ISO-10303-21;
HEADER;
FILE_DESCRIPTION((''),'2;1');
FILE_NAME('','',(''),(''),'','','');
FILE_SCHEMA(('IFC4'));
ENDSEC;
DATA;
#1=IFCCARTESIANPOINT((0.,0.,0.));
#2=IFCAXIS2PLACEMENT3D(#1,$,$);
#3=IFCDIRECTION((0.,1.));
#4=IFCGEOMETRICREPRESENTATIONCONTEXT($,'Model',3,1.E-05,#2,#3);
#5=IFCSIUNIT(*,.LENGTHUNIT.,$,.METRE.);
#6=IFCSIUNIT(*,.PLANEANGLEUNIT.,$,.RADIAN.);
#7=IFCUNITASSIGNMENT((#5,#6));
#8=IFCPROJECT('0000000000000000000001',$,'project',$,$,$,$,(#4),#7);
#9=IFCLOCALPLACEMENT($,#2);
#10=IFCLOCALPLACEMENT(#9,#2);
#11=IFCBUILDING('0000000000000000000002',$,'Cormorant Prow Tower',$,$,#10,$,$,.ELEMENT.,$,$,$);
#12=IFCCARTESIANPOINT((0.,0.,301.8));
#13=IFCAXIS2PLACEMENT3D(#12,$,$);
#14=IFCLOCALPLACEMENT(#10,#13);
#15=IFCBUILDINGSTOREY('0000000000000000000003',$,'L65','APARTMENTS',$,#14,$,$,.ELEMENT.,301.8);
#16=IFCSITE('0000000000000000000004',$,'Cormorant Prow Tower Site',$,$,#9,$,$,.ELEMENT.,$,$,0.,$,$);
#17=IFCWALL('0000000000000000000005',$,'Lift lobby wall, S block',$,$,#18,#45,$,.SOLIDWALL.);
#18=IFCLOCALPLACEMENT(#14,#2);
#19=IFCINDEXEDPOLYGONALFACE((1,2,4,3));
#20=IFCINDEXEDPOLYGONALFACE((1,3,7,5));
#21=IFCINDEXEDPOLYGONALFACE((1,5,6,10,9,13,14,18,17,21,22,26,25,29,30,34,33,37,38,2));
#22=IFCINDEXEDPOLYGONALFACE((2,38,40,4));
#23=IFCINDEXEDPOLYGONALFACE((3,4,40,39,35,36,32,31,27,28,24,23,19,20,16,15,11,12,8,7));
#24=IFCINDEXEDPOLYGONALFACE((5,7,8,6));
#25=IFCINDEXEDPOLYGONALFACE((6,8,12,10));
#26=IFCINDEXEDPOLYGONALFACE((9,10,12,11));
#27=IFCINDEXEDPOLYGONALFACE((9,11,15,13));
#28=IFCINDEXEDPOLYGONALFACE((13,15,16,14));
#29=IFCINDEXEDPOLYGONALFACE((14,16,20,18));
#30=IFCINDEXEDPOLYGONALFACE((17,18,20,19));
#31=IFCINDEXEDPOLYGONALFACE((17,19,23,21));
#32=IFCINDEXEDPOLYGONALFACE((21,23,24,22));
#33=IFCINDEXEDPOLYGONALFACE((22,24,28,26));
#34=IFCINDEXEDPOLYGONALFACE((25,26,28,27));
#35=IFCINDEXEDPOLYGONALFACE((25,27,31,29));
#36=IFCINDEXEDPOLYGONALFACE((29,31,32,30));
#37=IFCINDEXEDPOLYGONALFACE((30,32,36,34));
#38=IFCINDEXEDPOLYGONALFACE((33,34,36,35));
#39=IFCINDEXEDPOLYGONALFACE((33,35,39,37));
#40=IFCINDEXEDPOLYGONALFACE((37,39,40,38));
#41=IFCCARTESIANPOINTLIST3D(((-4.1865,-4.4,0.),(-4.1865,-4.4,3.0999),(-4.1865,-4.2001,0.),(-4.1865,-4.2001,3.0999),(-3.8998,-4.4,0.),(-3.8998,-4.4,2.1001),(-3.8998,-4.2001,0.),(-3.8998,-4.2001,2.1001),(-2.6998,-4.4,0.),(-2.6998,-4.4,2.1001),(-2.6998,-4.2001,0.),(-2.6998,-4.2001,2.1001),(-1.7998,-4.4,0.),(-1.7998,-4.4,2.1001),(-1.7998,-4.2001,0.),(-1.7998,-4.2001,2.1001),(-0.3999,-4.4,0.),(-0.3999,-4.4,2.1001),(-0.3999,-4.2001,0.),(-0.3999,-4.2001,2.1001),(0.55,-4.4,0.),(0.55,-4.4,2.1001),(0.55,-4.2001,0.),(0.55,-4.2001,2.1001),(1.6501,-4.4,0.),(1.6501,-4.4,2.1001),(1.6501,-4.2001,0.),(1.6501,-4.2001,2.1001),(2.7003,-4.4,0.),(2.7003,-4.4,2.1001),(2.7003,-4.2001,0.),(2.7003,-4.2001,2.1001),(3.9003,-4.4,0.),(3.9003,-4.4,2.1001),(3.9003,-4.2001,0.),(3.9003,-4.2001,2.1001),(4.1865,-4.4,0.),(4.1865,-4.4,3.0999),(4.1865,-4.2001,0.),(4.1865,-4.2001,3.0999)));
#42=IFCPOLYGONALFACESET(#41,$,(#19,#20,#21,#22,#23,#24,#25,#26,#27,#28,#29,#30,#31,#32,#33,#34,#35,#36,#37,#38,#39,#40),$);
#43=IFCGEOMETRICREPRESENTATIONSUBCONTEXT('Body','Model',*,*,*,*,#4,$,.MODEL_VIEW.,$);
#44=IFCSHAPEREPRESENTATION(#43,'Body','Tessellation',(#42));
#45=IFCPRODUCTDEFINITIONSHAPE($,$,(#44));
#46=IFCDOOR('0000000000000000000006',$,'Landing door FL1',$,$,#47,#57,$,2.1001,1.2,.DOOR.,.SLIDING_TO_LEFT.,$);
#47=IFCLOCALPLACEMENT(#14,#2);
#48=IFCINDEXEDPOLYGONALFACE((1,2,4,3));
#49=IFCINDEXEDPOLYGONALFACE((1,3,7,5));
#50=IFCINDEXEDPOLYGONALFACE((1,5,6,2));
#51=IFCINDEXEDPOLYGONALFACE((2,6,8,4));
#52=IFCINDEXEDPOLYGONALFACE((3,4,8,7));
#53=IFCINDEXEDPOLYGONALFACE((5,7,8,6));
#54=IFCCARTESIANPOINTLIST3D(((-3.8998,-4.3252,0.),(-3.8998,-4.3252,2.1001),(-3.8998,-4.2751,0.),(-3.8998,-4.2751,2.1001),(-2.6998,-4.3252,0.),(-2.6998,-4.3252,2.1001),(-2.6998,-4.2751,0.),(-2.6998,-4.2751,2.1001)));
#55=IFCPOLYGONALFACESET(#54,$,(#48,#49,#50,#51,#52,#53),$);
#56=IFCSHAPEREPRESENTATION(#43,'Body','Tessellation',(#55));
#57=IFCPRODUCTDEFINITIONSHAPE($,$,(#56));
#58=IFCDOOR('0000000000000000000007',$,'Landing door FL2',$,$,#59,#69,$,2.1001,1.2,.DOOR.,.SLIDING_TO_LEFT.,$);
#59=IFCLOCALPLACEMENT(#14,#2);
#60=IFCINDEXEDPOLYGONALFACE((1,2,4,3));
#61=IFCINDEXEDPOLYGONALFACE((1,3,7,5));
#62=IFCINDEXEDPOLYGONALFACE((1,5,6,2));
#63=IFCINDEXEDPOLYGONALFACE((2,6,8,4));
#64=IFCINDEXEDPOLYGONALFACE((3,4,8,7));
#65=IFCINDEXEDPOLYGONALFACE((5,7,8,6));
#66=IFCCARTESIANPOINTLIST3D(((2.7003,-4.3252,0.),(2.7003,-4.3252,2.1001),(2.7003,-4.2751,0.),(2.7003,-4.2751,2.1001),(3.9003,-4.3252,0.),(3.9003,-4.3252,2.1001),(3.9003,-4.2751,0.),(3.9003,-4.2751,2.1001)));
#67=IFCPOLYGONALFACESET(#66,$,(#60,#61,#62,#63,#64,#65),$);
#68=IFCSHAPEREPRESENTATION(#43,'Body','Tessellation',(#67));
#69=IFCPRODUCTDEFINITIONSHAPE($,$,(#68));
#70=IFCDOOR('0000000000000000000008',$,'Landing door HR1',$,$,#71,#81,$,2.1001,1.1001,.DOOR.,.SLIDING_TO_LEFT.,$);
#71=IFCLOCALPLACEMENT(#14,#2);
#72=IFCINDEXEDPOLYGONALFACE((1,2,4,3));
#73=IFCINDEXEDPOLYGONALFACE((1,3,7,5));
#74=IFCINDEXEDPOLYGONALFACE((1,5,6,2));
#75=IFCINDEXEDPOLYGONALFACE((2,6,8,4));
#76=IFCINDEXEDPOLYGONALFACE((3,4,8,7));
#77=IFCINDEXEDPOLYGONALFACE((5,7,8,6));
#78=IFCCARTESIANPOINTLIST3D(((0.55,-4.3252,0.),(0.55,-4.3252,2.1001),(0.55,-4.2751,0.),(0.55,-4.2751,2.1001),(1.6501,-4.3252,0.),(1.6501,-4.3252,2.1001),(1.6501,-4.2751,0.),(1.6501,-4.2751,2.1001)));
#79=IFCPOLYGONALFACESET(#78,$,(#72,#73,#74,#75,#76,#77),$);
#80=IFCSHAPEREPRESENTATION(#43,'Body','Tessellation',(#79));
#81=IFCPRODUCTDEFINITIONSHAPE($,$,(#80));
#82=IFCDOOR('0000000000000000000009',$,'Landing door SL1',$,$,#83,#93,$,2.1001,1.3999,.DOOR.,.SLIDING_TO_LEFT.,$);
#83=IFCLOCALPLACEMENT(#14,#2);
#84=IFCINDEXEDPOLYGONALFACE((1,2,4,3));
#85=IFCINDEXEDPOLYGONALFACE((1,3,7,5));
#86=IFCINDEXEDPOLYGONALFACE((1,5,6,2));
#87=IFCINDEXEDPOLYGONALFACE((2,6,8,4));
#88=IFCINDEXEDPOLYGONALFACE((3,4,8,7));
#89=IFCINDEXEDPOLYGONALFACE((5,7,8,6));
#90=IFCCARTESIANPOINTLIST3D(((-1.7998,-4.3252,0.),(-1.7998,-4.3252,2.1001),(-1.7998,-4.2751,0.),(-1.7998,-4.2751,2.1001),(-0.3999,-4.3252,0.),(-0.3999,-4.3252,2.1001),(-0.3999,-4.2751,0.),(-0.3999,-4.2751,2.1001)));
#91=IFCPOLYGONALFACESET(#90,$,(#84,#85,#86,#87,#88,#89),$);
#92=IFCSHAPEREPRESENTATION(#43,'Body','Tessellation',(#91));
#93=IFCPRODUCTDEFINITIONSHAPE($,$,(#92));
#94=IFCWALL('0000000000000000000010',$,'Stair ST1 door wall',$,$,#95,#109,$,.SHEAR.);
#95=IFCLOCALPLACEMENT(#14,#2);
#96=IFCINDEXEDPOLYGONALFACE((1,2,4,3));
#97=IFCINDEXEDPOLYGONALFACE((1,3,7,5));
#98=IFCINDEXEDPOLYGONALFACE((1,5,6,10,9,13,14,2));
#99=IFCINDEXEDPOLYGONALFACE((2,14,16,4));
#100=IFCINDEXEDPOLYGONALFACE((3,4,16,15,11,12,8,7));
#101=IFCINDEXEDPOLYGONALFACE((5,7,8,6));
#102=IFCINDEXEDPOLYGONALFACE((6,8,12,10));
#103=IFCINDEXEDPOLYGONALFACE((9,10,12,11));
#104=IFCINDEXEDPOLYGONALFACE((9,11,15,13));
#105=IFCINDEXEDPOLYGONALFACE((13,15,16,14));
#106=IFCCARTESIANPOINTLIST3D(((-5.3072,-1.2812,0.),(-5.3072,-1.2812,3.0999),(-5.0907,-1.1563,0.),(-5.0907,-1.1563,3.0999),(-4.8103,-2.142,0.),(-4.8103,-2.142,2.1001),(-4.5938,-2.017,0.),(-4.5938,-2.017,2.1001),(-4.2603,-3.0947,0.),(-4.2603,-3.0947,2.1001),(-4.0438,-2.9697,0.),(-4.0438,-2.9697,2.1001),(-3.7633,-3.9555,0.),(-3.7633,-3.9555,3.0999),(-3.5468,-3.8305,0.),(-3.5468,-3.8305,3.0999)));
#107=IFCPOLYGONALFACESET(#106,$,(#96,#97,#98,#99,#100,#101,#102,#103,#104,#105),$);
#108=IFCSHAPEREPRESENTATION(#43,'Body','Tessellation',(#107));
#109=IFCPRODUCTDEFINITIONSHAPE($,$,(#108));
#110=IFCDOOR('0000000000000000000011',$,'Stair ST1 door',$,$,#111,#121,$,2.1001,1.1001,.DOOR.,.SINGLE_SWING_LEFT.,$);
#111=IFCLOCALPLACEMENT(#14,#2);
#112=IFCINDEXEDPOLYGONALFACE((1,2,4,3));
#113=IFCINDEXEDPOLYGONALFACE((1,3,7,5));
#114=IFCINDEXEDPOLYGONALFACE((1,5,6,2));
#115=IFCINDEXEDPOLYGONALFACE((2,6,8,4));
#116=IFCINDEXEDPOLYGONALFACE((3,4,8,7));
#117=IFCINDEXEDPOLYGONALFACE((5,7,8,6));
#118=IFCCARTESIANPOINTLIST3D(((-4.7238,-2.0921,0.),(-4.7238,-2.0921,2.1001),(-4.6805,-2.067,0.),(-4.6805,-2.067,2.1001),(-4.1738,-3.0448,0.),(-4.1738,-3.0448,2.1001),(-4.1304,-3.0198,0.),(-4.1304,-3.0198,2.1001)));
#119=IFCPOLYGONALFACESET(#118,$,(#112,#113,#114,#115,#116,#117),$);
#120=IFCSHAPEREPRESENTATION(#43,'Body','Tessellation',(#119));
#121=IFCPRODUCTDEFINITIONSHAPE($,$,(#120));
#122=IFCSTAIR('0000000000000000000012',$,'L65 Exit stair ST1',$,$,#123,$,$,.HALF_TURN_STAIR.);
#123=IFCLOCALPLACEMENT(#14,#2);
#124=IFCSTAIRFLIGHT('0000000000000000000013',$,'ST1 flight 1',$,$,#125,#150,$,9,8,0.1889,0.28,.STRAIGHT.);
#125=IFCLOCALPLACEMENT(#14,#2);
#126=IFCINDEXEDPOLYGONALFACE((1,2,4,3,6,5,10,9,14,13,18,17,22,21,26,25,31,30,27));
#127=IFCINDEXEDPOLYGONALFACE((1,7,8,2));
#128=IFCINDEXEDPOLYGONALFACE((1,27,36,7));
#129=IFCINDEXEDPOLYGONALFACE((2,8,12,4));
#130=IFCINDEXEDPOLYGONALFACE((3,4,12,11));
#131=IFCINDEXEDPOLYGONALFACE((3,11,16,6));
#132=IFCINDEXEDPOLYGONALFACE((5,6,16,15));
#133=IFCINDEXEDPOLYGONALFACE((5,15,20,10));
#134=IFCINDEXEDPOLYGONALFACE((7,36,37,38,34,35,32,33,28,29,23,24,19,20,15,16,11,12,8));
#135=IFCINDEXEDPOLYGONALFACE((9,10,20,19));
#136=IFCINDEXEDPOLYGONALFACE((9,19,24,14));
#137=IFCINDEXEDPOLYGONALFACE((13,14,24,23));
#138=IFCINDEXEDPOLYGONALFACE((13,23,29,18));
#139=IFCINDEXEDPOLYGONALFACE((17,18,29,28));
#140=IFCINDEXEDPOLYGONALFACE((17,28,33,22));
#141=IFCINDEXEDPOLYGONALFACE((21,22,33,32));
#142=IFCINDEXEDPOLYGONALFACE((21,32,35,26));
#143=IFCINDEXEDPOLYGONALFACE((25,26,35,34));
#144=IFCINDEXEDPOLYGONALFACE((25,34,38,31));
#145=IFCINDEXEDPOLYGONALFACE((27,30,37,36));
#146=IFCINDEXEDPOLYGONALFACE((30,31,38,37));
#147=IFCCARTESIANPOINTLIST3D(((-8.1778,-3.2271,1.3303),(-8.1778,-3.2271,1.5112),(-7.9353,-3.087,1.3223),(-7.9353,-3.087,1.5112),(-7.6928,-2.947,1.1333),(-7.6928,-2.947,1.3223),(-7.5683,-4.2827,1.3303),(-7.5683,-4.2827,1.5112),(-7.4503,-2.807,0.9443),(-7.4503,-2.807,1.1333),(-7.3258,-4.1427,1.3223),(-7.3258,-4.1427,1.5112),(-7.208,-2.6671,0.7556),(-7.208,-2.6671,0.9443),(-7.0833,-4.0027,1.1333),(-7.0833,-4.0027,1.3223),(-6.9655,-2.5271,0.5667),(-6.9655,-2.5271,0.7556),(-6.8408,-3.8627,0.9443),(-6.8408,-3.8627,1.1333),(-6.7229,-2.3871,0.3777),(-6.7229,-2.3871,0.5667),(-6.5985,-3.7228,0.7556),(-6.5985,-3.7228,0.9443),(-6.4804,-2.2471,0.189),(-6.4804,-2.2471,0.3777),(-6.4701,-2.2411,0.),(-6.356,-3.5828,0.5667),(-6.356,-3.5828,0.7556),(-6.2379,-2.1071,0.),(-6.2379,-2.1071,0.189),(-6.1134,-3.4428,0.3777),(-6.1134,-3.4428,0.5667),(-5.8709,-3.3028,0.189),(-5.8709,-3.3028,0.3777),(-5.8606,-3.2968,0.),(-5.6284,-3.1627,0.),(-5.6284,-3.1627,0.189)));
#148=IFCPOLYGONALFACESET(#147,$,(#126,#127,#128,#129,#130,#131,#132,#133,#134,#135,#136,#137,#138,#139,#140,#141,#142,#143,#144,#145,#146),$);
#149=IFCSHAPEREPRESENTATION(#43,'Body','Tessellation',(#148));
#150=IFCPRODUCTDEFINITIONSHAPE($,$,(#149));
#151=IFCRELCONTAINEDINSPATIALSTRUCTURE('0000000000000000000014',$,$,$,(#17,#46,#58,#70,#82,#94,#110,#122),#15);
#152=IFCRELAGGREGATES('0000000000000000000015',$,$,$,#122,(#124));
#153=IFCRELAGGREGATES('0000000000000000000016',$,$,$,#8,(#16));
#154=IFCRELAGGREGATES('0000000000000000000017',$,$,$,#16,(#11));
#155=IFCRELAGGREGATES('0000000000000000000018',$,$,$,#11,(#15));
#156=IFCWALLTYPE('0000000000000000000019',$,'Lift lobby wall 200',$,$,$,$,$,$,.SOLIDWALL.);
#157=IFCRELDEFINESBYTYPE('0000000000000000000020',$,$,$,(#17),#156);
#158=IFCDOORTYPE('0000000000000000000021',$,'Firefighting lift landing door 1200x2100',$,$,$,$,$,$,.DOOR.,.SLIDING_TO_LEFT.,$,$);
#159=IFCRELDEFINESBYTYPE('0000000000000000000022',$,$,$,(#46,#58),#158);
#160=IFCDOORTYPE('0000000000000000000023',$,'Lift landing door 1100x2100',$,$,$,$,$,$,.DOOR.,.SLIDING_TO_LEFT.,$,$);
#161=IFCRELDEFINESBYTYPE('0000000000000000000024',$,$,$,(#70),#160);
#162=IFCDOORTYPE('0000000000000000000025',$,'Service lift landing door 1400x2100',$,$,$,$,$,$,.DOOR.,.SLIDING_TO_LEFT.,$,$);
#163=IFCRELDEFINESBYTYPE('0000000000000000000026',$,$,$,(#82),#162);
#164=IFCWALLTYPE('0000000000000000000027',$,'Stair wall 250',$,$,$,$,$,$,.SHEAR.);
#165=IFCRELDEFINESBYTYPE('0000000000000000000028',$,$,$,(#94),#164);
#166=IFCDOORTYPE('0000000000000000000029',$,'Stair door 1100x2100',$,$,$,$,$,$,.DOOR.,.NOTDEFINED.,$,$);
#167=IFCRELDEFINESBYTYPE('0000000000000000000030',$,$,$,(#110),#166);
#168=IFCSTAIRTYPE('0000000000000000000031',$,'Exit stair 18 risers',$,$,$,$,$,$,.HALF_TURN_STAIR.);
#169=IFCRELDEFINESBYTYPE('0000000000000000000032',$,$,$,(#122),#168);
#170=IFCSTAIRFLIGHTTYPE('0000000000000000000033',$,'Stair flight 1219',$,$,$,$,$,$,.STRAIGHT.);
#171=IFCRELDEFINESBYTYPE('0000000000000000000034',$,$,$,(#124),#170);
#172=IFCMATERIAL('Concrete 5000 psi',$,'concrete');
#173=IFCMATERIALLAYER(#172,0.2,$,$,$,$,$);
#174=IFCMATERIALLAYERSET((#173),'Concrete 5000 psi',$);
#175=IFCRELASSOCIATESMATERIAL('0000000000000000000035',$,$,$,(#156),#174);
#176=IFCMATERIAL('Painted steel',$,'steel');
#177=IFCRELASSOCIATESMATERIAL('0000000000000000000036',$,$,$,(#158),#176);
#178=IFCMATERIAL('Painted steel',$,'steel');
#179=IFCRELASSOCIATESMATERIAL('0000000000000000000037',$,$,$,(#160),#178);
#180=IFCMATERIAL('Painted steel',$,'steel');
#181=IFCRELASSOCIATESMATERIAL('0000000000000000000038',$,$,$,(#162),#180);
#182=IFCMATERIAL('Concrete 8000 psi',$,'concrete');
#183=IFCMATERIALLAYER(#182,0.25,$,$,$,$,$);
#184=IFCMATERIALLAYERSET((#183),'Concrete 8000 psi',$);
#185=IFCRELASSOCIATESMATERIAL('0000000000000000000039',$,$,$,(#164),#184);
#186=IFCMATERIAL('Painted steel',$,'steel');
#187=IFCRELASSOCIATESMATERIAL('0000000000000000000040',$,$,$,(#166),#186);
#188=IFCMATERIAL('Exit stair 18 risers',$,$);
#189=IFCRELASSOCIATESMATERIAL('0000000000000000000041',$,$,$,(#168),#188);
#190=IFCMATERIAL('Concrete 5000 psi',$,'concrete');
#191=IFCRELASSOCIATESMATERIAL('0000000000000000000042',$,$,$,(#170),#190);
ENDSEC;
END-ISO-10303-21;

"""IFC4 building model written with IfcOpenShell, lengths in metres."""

from ifc_helpers import new_model, si_unit, direction, frame, frame_2d, origin, place, context, subcontext, project, spatial, polyline, rectangle, outline, extrude, material, layer, layer_set, type_object, element, fill, aggregate, save


model = new_model("IFC4")

# Units and contexts
model_context = context("Model", 3, precision=1e-05, world=origin(), true_north=direction((0.0, 1.0)))
body_context = subcontext(model_context, "Body", "Model", "MODEL_VIEW")
ifc_project = project(units=[si_unit("LENGTHUNIT", "METRE"), si_unit("PLANEANGLEUNIT", "RADIAN")], contexts=[model_context])

# Site, building, storey
site_placement = place(None, origin())
site = spatial("IfcSite", under=ifc_project, at=site_placement, Name="Cormorant Prow Tower Site", CompositionType="ELEMENT", RefElevation=0.0)
building_placement = place(site_placement, origin())
building = spatial("IfcBuilding", under=site, at=building_placement, Name="Cormorant Prow Tower", CompositionType="ELEMENT")
storey_placement = place(building_placement, frame((0.0, 0.0, 301.8)))
storey = spatial("IfcBuildingStorey", under=building, at=storey_placement, Name="L65", Description="APARTMENTS", CompositionType="ELEMENT", Elevation=301.8)

# Wall, openings, doors
ifc_material_1 = material(Name="Concrete 5000 psi", Category="concrete")
ifc_layer_1 = layer(ifc_material_1, 0.2)
ifc_layer_set_1 = layer_set([ifc_layer_1], Name="Concrete 5000 psi")
wall_type_1 = type_object("IfcWallType", Name="Lift lobby wall 200", PredefinedType="SOLIDWALL", material=ifc_layer_set_1)
wall_1_placement = place(storey_placement, frame((-4.1865, -4.3, 0.0), z_axis=(0.0, 0.0, 1.0), x_axis=(1.0, 0.0, 0.0)))
wall_1 = element("IfcWall", 1, at=wall_1_placement, inside=storey, type_object=wall_type_1, Name="Lift lobby wall, S block", PredefinedType="SOLIDWALL", context=body_context, shape_type="SweptSolid", body=[
    extrude(rectangle(XDim=8.373, YDim=0.2, at=frame_2d((4.1865, 0.0))), origin(), (0.0, 0.0, 1.0), 3.0999),
])
opening_1_placement = place(wall_1_placement, frame((0.2866, 0.0, 0.0)))
opening_1 = element("IfcOpeningElement", 2, at=opening_1_placement, cuts=wall_1, PredefinedType="OPENING", context=body_context, shape_type="SweptSolid", body=[
    extrude(rectangle(XDim=1.2, YDim=2.1001, at=frame_2d((0.6001, 1.05))), frame((0.0, 0.1099, 0.0), z_axis=(0.0, -1.0, 0.0), x_axis=(1.0, 0.0, 0.0)), (0.0, 0.0, 1.0), 0.22),
])
opening_2_placement = place(wall_1_placement, frame((2.3867, 0.0, 0.0)))
opening_2 = element("IfcOpeningElement", 3, at=opening_2_placement, cuts=wall_1, PredefinedType="OPENING", context=body_context, shape_type="SweptSolid", body=[
    extrude(rectangle(XDim=1.3999, YDim=2.1001, at=frame_2d((0.7, 1.05))), frame((0.0, 0.1099, 0.0), z_axis=(0.0, -1.0, 0.0), x_axis=(1.0, 0.0, 0.0)), (0.0, 0.0, 1.0), 0.22),
])
opening_3_placement = place(wall_1_placement, frame((4.7366, 0.0, 0.0)))
opening_3 = element("IfcOpeningElement", 4, at=opening_3_placement, cuts=wall_1, PredefinedType="OPENING", context=body_context, shape_type="SweptSolid", body=[
    extrude(rectangle(XDim=1.1001, YDim=2.1001, at=frame_2d((0.55, 1.05))), frame((0.0, 0.1099, 0.0), z_axis=(0.0, -1.0, 0.0), x_axis=(1.0, 0.0, 0.0)), (0.0, 0.0, 1.0), 0.22),
])
opening_4_placement = place(wall_1_placement, frame((6.8867, 0.0, 0.0)))
opening_4 = element("IfcOpeningElement", 5, at=opening_4_placement, cuts=wall_1, PredefinedType="OPENING", context=body_context, shape_type="SweptSolid", body=[
    extrude(rectangle(XDim=1.2, YDim=2.1001, at=frame_2d((0.6001, 1.05))), frame((0.0, 0.1099, 0.0), z_axis=(0.0, -1.0, 0.0), x_axis=(1.0, 0.0, 0.0)), (0.0, 0.0, 1.0), 0.22),
])
ifc_material_2 = material(Name="Painted steel", Category="steel")
door_type_1 = type_object("IfcDoorType", Name="Firefighting lift landing door 1200x2100", OperationType="SLIDING_TO_LEFT", PredefinedType="DOOR", material=ifc_material_2)
door_1_placement = place(opening_1_placement, origin())
door_1 = element("IfcDoor", 6, at=door_1_placement, inside=storey, type_object=door_type_1, Name="Landing door FL1", OperationType="SLIDING_TO_LEFT", OverallHeight=2.1001, OverallWidth=1.2, PredefinedType="DOOR", context=body_context, shape_type="SweptSolid", body=[
    extrude(rectangle(XDim=1.2, YDim=2.1001, at=frame_2d((0.6001, 1.05))), frame((0.0, 0.0249, 0.0), z_axis=(0.0, -1.0, 0.0), x_axis=(1.0, 0.0, 0.0)), (0.0, 0.0, 1.0), 0.05),
])
fill(opening_1, door_1)
door_2_placement = place(opening_4_placement, origin())
door_2 = element("IfcDoor", 7, at=door_2_placement, inside=storey, type_object=door_type_1, Name="Landing door FL2", OperationType="SLIDING_TO_LEFT", OverallHeight=2.1001, OverallWidth=1.2, PredefinedType="DOOR", context=body_context, shape_type="SweptSolid", body=[
    extrude(rectangle(XDim=1.2, YDim=2.1001, at=frame_2d((0.6001, 1.05))), frame((0.0, 0.0249, 0.0), z_axis=(0.0, -1.0, 0.0), x_axis=(1.0, 0.0, 0.0)), (0.0, 0.0, 1.0), 0.05),
])
fill(opening_4, door_2)
ifc_material_3 = material(Name="Painted steel", Category="steel")
door_type_2 = type_object("IfcDoorType", Name="Lift landing door 1100x2100", OperationType="SLIDING_TO_LEFT", PredefinedType="DOOR", material=ifc_material_3)
door_3_placement = place(opening_3_placement, origin())
door_3 = element("IfcDoor", 8, at=door_3_placement, inside=storey, type_object=door_type_2, Name="Landing door HR1", OperationType="SLIDING_TO_LEFT", OverallHeight=2.1001, OverallWidth=1.1001, PredefinedType="DOOR", context=body_context, shape_type="SweptSolid", body=[
    extrude(rectangle(XDim=1.1001, YDim=2.1001, at=frame_2d((0.55, 1.05))), frame((0.0, 0.0249, 0.0), z_axis=(0.0, -1.0, 0.0), x_axis=(1.0, 0.0, 0.0)), (0.0, 0.0, 1.0), 0.05),
])
fill(opening_3, door_3)
ifc_material_4 = material(Name="Painted steel", Category="steel")
door_type_3 = type_object("IfcDoorType", Name="Service lift landing door 1400x2100", OperationType="SLIDING_TO_LEFT", PredefinedType="DOOR", material=ifc_material_4)
door_4_placement = place(opening_2_placement, origin())
door_4 = element("IfcDoor", 9, at=door_4_placement, inside=storey, type_object=door_type_3, Name="Landing door SL1", OperationType="SLIDING_TO_LEFT", OverallHeight=2.1001, OverallWidth=1.3999, PredefinedType="DOOR", context=body_context, shape_type="SweptSolid", body=[
    extrude(rectangle(XDim=1.3999, YDim=2.1001, at=frame_2d((0.7, 1.05))), frame((0.0, 0.0249, 0.0), z_axis=(0.0, -1.0, 0.0), x_axis=(1.0, 0.0, 0.0)), (0.0, 0.0, 1.0), 0.05),
])
fill(opening_2, door_4)

# Wall, opening, door
ifc_material_5 = material(Name="Concrete 8000 psi", Category="concrete")
ifc_layer_2 = layer(ifc_material_5, 0.25)
ifc_layer_set_2 = layer_set([ifc_layer_2], Name="Concrete 8000 psi")
wall_type_2 = type_object("IfcWallType", Name="Stair wall 250", PredefinedType="SHEAR", material=ifc_layer_set_2)
wall_2_placement = place(storey_placement, frame((-5.199, -1.2188, 0.0), z_axis=(0.0, 0.0, 1.0), x_axis=(0.499983, -0.866035, 0.0)))
wall_2 = element("IfcWall", 10, at=wall_2_placement, inside=storey, type_object=wall_type_2, Name="Stair ST1 door wall", PredefinedType="SHEAR", context=body_context, shape_type="SweptSolid", body=[
    extrude(rectangle(XDim=3.0879, YDim=0.25, at=frame_2d((1.5439, 0.0))), origin(), (0.0, 0.0, 1.0), 3.0999),
])
opening_5_placement = place(wall_2_placement, frame((0.9939, 0.0, 0.0)))
opening_5 = element("IfcOpeningElement", 11, at=opening_5_placement, cuts=wall_2, PredefinedType="OPENING", context=body_context, shape_type="SweptSolid", body=[
    extrude(rectangle(XDim=1.1001, YDim=2.1001, at=frame_2d((0.55, 1.05))), frame((0.0, 0.135, 0.0), z_axis=(0.0, -1.0, 0.0), x_axis=(1.0, 0.0, 0.0)), (0.0, 0.0, 1.0), 0.27),
])
ifc_material_6 = material(Name="Painted steel", Category="steel")
door_type_4 = type_object("IfcDoorType", Name="Stair door 1100x2100", OperationType="NOTDEFINED", PredefinedType="DOOR", material=ifc_material_6)
door_5_placement = place(opening_5_placement, origin())
door_5 = element("IfcDoor", 12, at=door_5_placement, inside=storey, type_object=door_type_4, Name="Stair ST1 door", OperationType="SINGLE_SWING_LEFT", OverallHeight=2.1001, OverallWidth=1.1001, PredefinedType="DOOR", context=body_context, shape_type="SweptSolid", body=[
    extrude(rectangle(XDim=1.1001, YDim=2.1001, at=frame_2d((0.55, 1.05))), frame((0.0, 0.0249, 0.0), z_axis=(0.0, -1.0, 0.0), x_axis=(1.0, 0.0, 0.0)), (0.0, 0.0, 1.0), 0.05),
])
fill(opening_5, door_5)

# Stair, stair flight
ifc_material_7 = material(Name="Exit stair 18 risers")
stair_type = type_object("IfcStairType", Name="Exit stair 18 risers", PredefinedType="HALF_TURN_STAIR", material=ifc_material_7)
stair_placement = place(storey_placement, origin())
stair = element("IfcStair", 13, at=stair_placement, inside=storey, type_object=stair_type, Name="L65 Exit stair ST1", PredefinedType="HALF_TURN_STAIR")
ifc_material_8 = material(Name="Concrete 5000 psi", Category="concrete")
stair_flight_type = type_object("IfcStairFlightType", Name="Stair flight 1219", PredefinedType="STRAIGHT", material=ifc_material_8)
stair_flight_1_placement = place(storey_placement, frame((-5.9331, -2.635, 0.0), z_axis=(0.0, 0.0, 1.0), x_axis=(-0.866025, -0.5, 0.0)))
stair_flight_1 = element("IfcStairFlight", 14, at=stair_flight_1_placement, type_object=stair_flight_type, Name="ST1 flight 1", NumberOfRisers=9, NumberOfTreads=8, PredefinedType="STRAIGHT", RiserHeight=0.1889, TreadLength=0.28, context=body_context, shape_type="SweptSolid", body=[
    extrude(outline(polyline([(0.0, 0.0), (0.0, 0.189), (0.28, 0.189), (0.28, 0.3777), (0.5601, 0.3777), (0.5601, 0.5667), (0.8401, 0.5667), (0.8401, 0.7556), (1.1201, 0.7556), (1.1201, 0.9443), (1.3999, 0.9443), (1.3999, 1.1333), (1.6799, 1.1333), (1.6799, 1.3223), (1.96, 1.3223), (1.96, 1.5112), (2.24, 1.5112), (2.24, 1.7), (2.24, 1.3303), (0.2681, 0.0), (0.0, 0.0)])), frame((0.0, 0.6094, 0.0), z_axis=(0.0, -1.0, 0.0), x_axis=(1.0, 0.0, 0.0)), (0.0, 0.0, 1.0), 1.219),
])
aggregate(stair, [stair_flight_1])

save(model, "model.ifc")
